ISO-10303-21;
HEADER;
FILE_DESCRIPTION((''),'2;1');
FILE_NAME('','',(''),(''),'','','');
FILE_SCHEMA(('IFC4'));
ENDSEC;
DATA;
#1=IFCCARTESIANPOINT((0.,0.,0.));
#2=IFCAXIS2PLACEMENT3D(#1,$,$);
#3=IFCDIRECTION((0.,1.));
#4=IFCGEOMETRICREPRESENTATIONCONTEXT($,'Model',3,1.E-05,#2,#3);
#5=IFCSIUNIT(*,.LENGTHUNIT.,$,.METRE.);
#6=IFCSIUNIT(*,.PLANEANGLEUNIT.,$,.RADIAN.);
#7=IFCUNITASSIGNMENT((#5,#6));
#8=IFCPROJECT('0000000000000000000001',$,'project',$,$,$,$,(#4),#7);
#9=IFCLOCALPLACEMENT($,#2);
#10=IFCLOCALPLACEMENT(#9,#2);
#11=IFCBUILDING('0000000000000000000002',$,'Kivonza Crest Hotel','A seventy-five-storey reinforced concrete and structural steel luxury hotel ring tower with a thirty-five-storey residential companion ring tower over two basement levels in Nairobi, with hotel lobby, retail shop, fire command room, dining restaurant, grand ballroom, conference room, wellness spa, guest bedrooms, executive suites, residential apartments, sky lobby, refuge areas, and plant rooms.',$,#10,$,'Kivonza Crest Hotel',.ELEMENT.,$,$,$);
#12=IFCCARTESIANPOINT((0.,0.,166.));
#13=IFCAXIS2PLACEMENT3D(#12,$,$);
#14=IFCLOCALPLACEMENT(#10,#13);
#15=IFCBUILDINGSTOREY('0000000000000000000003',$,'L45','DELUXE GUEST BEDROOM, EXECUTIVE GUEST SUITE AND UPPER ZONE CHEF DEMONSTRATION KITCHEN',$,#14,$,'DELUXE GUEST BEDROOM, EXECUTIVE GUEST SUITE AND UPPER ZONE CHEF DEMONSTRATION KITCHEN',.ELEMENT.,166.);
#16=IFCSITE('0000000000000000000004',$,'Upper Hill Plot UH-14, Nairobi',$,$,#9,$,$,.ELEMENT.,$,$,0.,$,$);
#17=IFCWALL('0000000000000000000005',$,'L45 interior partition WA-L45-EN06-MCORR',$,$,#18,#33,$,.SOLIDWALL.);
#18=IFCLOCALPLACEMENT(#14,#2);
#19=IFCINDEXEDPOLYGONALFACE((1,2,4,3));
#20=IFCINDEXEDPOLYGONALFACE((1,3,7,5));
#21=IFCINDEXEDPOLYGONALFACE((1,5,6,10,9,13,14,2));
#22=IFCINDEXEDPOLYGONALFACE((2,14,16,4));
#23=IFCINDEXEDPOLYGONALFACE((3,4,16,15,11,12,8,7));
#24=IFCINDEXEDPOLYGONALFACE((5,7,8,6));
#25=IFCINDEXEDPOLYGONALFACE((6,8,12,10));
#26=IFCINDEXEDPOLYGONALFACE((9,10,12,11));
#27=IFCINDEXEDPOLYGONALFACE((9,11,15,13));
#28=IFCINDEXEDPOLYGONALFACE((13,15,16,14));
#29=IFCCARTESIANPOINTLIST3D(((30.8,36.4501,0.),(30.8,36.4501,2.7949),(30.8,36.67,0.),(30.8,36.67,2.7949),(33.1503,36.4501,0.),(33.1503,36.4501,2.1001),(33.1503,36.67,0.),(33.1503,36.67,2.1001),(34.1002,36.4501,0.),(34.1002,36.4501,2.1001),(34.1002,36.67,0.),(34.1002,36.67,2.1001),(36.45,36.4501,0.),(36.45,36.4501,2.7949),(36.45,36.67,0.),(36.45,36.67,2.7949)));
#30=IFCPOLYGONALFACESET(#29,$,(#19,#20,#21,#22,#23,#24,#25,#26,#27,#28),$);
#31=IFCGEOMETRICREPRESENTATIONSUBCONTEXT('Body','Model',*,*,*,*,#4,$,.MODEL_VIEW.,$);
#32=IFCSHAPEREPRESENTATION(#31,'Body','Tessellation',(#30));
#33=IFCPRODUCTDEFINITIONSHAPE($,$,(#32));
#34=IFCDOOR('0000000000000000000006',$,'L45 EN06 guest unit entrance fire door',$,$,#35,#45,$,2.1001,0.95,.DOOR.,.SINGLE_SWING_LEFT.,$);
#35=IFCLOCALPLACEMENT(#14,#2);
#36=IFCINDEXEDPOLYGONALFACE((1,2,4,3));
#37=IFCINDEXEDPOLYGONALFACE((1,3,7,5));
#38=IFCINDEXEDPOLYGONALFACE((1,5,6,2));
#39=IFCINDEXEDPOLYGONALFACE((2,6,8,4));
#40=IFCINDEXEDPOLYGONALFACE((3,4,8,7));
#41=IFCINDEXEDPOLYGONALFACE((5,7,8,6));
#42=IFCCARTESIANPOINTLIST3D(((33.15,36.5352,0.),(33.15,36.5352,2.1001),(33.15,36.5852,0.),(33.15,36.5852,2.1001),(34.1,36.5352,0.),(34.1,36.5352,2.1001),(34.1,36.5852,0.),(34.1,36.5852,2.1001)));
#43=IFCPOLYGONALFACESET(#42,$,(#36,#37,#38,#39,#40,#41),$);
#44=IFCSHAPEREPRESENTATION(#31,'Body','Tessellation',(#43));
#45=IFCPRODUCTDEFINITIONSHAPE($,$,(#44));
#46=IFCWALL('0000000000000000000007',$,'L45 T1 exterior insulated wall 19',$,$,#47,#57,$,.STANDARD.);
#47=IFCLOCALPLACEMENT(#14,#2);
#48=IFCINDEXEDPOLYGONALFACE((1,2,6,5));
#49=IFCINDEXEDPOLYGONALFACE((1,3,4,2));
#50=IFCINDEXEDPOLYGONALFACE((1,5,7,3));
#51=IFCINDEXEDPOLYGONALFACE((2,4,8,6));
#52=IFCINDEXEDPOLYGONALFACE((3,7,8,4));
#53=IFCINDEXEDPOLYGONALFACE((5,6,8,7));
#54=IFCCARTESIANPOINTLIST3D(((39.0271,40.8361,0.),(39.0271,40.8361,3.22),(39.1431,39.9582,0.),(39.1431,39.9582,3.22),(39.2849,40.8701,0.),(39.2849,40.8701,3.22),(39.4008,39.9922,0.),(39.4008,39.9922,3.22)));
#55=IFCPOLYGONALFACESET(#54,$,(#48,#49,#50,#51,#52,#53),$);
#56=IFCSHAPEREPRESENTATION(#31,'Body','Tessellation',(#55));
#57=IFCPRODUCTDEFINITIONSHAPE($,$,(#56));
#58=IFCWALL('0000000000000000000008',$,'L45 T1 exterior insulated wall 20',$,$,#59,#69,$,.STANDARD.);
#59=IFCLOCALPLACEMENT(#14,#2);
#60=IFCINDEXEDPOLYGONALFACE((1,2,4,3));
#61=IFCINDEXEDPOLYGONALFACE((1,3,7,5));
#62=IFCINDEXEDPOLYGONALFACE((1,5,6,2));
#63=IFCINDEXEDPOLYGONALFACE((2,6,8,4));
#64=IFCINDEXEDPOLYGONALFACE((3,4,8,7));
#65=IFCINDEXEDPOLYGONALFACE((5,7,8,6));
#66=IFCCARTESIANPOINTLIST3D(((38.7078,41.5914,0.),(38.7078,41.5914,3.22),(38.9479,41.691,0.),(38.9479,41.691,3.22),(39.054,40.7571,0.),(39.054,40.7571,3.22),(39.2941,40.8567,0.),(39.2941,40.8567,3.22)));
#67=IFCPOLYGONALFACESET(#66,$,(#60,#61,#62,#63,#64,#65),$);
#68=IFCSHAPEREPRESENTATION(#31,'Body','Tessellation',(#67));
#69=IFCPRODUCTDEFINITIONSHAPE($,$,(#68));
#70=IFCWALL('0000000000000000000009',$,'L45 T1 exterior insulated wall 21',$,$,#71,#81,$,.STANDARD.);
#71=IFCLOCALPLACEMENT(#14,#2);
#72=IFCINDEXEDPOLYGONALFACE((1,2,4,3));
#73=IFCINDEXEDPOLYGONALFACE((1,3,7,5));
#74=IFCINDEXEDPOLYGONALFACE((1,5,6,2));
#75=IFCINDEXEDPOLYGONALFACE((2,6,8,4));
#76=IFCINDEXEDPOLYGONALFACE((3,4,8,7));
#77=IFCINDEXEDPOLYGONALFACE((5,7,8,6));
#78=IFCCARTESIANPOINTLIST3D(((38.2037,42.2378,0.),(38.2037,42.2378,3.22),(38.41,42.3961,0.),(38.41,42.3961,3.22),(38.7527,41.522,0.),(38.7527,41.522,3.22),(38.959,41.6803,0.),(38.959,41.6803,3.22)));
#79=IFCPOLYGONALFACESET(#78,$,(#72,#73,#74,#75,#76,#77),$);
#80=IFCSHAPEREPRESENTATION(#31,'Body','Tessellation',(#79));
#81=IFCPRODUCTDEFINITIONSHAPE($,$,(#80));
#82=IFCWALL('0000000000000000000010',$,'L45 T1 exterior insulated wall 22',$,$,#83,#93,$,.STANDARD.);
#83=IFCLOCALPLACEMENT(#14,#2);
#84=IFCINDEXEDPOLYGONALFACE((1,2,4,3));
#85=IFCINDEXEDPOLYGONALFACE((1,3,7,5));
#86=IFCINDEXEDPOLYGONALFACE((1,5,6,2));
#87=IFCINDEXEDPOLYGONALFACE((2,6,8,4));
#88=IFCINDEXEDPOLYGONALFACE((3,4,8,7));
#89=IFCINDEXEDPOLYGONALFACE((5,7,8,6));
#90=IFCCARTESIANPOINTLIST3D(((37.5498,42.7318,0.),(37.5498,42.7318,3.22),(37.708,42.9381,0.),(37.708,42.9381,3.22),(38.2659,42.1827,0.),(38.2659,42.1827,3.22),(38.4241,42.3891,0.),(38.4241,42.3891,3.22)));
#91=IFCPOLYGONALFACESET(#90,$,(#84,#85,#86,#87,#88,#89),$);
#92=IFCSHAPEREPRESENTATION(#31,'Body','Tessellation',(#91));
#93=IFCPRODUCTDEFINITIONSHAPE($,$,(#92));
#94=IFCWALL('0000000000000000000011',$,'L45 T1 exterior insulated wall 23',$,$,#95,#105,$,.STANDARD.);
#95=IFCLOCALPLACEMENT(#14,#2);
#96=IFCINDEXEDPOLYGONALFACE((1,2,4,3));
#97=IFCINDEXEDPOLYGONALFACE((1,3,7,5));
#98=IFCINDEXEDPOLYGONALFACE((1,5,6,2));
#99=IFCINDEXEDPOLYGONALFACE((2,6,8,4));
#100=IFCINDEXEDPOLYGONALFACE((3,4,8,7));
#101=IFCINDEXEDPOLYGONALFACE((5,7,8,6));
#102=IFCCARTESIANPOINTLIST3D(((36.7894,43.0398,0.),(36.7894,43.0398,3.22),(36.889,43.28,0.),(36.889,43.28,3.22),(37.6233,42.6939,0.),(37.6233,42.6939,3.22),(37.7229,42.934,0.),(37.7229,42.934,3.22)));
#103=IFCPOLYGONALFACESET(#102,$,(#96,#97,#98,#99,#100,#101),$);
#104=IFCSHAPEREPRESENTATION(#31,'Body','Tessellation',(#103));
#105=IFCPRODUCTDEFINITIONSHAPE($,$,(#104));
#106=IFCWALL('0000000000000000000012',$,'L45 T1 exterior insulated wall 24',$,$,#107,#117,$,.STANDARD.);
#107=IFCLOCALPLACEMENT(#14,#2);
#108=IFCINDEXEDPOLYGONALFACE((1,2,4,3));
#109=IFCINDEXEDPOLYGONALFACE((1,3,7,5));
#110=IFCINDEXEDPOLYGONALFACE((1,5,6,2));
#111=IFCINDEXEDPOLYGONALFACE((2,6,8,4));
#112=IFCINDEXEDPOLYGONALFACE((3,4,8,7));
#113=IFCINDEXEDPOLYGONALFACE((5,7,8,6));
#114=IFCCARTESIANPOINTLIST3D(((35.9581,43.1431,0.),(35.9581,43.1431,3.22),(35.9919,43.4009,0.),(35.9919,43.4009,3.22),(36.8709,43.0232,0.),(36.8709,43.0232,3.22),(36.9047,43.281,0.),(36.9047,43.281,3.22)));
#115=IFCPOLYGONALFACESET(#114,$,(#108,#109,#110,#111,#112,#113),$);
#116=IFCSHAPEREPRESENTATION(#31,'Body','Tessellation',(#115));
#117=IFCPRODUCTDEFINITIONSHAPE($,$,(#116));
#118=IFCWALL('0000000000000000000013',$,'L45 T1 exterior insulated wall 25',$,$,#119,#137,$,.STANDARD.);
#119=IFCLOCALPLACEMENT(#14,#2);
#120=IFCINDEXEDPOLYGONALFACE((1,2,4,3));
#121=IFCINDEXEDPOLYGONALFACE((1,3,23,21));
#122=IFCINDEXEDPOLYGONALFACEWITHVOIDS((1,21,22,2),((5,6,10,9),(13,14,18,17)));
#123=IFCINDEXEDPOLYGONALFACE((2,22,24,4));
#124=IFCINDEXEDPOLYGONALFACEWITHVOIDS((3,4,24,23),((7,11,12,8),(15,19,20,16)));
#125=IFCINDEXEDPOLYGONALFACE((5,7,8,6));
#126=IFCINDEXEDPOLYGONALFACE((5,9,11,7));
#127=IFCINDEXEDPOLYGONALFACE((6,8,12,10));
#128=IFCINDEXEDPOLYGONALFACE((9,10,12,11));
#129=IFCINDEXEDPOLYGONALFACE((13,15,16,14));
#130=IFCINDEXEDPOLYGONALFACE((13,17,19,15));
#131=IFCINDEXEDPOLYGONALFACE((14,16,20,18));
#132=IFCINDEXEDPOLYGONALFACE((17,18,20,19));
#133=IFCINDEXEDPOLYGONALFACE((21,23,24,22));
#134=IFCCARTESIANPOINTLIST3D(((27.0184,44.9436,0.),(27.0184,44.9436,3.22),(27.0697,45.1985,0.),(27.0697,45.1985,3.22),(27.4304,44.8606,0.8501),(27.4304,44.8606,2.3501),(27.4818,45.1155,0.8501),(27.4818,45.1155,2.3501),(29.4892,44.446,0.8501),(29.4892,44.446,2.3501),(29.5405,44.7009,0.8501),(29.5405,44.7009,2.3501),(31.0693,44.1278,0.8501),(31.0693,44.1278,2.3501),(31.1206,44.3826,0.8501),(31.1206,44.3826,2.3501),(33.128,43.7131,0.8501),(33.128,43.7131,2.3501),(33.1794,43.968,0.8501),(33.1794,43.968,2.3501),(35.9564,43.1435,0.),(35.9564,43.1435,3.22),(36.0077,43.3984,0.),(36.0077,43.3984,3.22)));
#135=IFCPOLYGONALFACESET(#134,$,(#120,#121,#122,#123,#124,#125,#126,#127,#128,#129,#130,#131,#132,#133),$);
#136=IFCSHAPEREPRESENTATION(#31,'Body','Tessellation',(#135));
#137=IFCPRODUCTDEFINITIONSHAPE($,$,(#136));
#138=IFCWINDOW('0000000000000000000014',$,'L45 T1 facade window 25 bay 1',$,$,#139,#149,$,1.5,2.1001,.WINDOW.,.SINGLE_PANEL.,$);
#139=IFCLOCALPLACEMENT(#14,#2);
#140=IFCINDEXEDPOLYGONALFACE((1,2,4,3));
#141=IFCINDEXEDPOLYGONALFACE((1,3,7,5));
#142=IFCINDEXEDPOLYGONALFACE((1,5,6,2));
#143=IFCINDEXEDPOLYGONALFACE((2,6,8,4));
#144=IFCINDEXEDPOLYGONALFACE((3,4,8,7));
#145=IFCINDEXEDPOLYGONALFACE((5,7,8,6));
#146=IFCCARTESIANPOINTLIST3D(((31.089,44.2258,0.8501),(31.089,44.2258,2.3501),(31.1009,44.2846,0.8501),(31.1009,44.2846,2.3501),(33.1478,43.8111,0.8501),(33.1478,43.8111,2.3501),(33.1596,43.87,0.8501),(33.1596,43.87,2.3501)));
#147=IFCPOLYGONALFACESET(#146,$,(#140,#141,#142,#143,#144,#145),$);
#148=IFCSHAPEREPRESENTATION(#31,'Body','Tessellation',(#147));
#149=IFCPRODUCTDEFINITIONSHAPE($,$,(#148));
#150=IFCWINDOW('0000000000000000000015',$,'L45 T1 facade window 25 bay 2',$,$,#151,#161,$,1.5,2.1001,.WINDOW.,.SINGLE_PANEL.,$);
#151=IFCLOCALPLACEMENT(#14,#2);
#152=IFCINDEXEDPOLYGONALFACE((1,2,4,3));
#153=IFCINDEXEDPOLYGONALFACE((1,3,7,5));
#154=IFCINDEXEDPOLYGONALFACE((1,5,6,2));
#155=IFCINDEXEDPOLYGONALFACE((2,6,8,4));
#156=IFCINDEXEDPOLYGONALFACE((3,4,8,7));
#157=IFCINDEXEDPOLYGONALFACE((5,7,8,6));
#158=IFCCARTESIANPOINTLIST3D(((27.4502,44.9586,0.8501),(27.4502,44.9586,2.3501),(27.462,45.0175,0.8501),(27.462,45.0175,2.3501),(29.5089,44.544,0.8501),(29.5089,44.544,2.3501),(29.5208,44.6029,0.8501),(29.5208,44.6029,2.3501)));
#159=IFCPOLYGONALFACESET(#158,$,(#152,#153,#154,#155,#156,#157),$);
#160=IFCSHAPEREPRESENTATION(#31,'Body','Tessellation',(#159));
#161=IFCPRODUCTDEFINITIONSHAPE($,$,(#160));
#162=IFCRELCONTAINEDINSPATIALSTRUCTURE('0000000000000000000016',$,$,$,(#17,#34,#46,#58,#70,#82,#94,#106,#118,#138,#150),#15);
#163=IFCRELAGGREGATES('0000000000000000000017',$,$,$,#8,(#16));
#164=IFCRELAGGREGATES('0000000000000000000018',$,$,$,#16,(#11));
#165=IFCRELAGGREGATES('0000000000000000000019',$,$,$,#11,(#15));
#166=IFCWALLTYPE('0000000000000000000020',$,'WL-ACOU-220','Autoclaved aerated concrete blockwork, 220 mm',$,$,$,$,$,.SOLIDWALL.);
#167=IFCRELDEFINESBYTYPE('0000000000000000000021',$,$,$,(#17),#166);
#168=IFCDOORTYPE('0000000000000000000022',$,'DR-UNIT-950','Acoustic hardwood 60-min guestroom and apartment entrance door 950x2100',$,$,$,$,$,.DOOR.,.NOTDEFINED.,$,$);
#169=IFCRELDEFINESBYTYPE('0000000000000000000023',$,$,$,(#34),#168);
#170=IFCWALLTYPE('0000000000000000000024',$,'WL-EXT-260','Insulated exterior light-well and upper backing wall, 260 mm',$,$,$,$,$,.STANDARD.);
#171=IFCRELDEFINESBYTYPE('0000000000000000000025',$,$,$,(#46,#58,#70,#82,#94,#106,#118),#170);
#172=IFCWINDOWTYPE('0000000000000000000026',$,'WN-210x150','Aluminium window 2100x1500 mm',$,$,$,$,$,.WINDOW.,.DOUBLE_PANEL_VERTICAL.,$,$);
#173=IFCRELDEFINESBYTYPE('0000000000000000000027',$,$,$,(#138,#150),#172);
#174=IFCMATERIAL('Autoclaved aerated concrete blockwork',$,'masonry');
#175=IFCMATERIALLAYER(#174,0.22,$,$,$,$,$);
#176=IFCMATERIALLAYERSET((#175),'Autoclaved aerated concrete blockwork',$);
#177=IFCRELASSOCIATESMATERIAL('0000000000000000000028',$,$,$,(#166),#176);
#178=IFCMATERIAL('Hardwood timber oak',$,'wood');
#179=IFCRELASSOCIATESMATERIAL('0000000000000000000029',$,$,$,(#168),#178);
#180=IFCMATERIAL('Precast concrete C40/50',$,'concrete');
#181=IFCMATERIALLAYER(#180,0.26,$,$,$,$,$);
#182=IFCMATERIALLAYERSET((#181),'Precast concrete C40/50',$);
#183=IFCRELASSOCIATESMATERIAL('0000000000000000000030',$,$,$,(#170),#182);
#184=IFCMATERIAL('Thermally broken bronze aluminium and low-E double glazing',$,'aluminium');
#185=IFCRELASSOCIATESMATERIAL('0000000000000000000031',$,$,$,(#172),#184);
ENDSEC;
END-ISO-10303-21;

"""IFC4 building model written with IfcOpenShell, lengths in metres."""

from ifc_helpers import new_model, si_unit, direction, frame, frame_2d, origin, place, context, subcontext, project, spatial, rectangle, extrude, material, layer, layer_set, type_object, element, fill, save


model = new_model("IFC4")

# Units and contexts
model_context = context("Model", 3, precision=1e-05, world=origin(), true_north=direction((0.0, 1.0)))
body_context = subcontext(model_context, "Body", "Model", "MODEL_VIEW")
ifc_project = project(units=[si_unit("LENGTHUNIT", "METRE"), si_unit("PLANEANGLEUNIT", "RADIAN")], contexts=[model_context])

# Site, building, storey
site_placement = place(None, origin())
site = spatial("IfcSite", under=ifc_project, at=site_placement, Name="Upper Hill Plot UH-14, Nairobi", CompositionType="ELEMENT", RefElevation=0.0)
building_placement = place(site_placement, origin())
building = spatial("IfcBuilding", under=site, at=building_placement, Name="Kivonza Crest Hotel", Description="A seventy-five-storey reinforced concrete and structural steel luxury hotel ring tower with a thirty-five-storey residential companion ring tower over two basement levels in Nairobi, with hotel lobby, retail shop, fire command room, dining restaurant, grand ballroom, conference room, wellness spa, guest bedrooms, executive suites, residential apartments, sky lobby, refuge areas, and plant rooms.", LongName="Kivonza Crest Hotel", CompositionType="ELEMENT")
storey_placement = place(building_placement, frame((0.0, 0.0, 166.0)))
storey = spatial("IfcBuildingStorey", under=building, at=storey_placement, Name="L45", Description="DELUXE GUEST BEDROOM, EXECUTIVE GUEST SUITE AND UPPER ZONE CHEF DEMONSTRATION KITCHEN", LongName="DELUXE GUEST BEDROOM, EXECUTIVE GUEST SUITE AND UPPER ZONE CHEF DEMONSTRATION KITCHEN", CompositionType="ELEMENT", Elevation=166.0)

# Shared definitions
ifc_material_1 = material(Name="Autoclaved aerated concrete blockwork", Category="masonry")
ifc_layer_1 = layer(ifc_material_1, 0.22)
ifc_layer_set_1 = layer_set([ifc_layer_1], Name="Autoclaved aerated concrete blockwork")
wall_type_1 = type_object("IfcWallType", Name="WL-ACOU-220", Description="Autoclaved aerated concrete blockwork, 220 mm", PredefinedType="SOLIDWALL", material=ifc_layer_set_1)
ifc_material_2 = material(Name="Hardwood timber oak", Category="wood")

# Wall, opening, door
wall_1_placement = place(storey_placement, frame((30.8, 36.5601, 0.0), z_axis=(0.0, 0.0, 1.0), x_axis=(1.0, 0.0, 0.0)))
wall_1 = element("IfcWall", 1, at=wall_1_placement, inside=storey, type_object=wall_type_1, Name="L45 interior partition WA-L45-EN06-MCORR", PredefinedType="SOLIDWALL", context=body_context, shape_type="SweptSolid", body=[
    extrude(rectangle(XDim=5.6499, YDim=0.22, at=frame_2d((2.825, 0.0))), origin(), (0.0, 0.0, 1.0), 2.7949),
])
opening_1_placement = place(wall_1_placement, frame((2.3501, 0.0, 0.0)))
opening_1 = element("IfcOpeningElement", 2, at=opening_1_placement, cuts=wall_1, PredefinedType="OPENING", context=body_context, shape_type="SweptSolid", body=[
    extrude(rectangle(XDim=0.95, YDim=2.1001, at=frame_2d((0.4751, 1.05))), frame((0.0, 0.1201, 0.0), z_axis=(0.0, -1.0, 0.0), x_axis=(1.0, 0.0, 0.0)), (0.0, 0.0, 1.0), 0.24),
])
door_type_1 = type_object("IfcDoorType", Name="DR-UNIT-950", Description="Acoustic hardwood 60-min guestroom and apartment entrance door 950x2100", OperationType="NOTDEFINED", PredefinedType="DOOR", material=ifc_material_2)
door_1_placement = place(opening_1_placement, frame((0.95, 0.0, 0.0), z_axis=(0.0, 0.0, 1.0), x_axis=(-1.0, 0.0, 0.0)))
door_1 = element("IfcDoor", 3, at=door_1_placement, inside=storey, type_object=door_type_1, Name="L45 EN06 guest unit entrance fire door", OperationType="SINGLE_SWING_LEFT", OverallHeight=2.1001, OverallWidth=0.95, PredefinedType="DOOR", context=body_context, shape_type="SweptSolid", body=[
    extrude(rectangle(XDim=0.95, YDim=2.1001, at=frame_2d((0.4751, 1.05))), frame((0.0, 0.0249, 0.0), z_axis=(0.0, -1.0, 0.0), x_axis=(1.0, 0.0, 0.0)), (0.0, 0.0, 1.0), 0.05),
])
fill(opening_1, door_1)

# Walls
ifc_material_3 = material(Name="Precast concrete C40/50", Category="concrete")
ifc_layer_2 = layer(ifc_material_3, 0.26)
ifc_layer_set_2 = layer_set([ifc_layer_2], Name="Precast concrete C40/50")
wall_type_2 = type_object("IfcWallType", Name="WL-EXT-260", Description="Insulated exterior light-well and upper backing wall, 260 mm", PredefinedType="STANDARD", material=ifc_layer_set_2)
wall_2_placement = place(storey_placement, frame((39.272, 39.9751, 0.0), z_axis=(0.0, 0.0, 1.0), x_axis=(-0.130954, 0.991388, 0.0)))
element("IfcWall", 4, at=wall_2_placement, inside=storey, type_object=wall_type_2, Name="L45 T1 exterior insulated wall 19", PredefinedType="STANDARD", context=body_context, shape_type="SweptSolid", body=[
    extrude(rectangle(XDim=0.8855, YDim=0.26, at=frame_2d((0.4429, 0.0))), origin(), (0.0, 0.0, 1.0), 3.22),
])
wall_3_placement = place(storey_placement, frame((39.1741, 40.8069, 0.0), z_axis=(0.0, 0.0, 1.0), x_axis=(-0.383291, 0.923628, 0.0)))
element("IfcWall", 5, at=wall_3_placement, inside=storey, type_object=wall_type_2, Name="L45 T1 exterior insulated wall 20", PredefinedType="STANDARD", context=body_context, shape_type="SweptSolid", body=[
    extrude(rectangle(XDim=0.9033, YDim=0.26, at=frame_2d((0.4517, 0.0))), origin(), (0.0, 0.0, 1.0), 3.22),
])
wall_4_placement = place(storey_placement, frame((38.856, 41.6011, 0.0), z_axis=(0.0, 0.0, 1.0), x_axis=(-0.608625, 0.793458, 0.0)))
element("IfcWall", 6, at=wall_4_placement, inside=storey, type_object=wall_type_2, Name="L45 T1 exterior insulated wall 21", PredefinedType="STANDARD", context=body_context, shape_type="SweptSolid", body=[
    extrude(rectangle(XDim=0.9021, YDim=0.26, at=frame_2d((0.4512, 0.0))), origin(), (0.0, 0.0, 1.0), 3.22),
])
wall_5_placement = place(storey_placement, frame((38.345, 42.2859, 0.0), z_axis=(0.0, 0.0, 1.0), x_axis=(-0.793558, 0.608494, 0.0)))
element("IfcWall", 7, at=wall_5_placement, inside=storey, type_object=wall_type_2, Name="L45 T1 exterior insulated wall 22", PredefinedType="STANDARD", context=body_context, shape_type="SweptSolid", body=[
    extrude(rectangle(XDim=0.9023, YDim=0.26, at=frame_2d((0.4512, 0.0))), origin(), (0.0, 0.0, 1.0), 3.22),
])
wall_6_placement = place(storey_placement, frame((37.6731, 42.814, 0.0), z_axis=(0.0, 0.0, 1.0), x_axis=(-0.923684, 0.383156, 0.0)))
element("IfcWall", 8, at=wall_6_placement, inside=storey, type_object=wall_type_2, Name="L45 T1 exterior insulated wall 23", PredefinedType="STANDARD", context=body_context, shape_type="SweptSolid", body=[
    extrude(rectangle(XDim=0.9028, YDim=0.26, at=frame_2d((0.4514, 0.0))), origin(), (0.0, 0.0, 1.0), 3.22),
])
wall_7_placement = place(storey_placement, frame((36.8879, 43.1521, 0.0), z_axis=(0.0, 0.0, 1.0), x_axis=(-0.991488, 0.130201, 0.0)))
element("IfcWall", 9, at=wall_7_placement, inside=storey, type_object=wall_type_2, Name="L45 T1 exterior insulated wall 24", PredefinedType="STANDARD", context=body_context, shape_type="SweptSolid", body=[
    extrude(rectangle(XDim=0.9207, YDim=0.26, at=frame_2d((0.4604, 0.0))), origin(), (0.0, 0.0, 1.0), 3.22),
])

# Wall, openings, windows
wall_8_placement = place(storey_placement, frame((35.9819, 43.271, 0.0), z_axis=(0.0, 0.0, 1.0), x_axis=(-0.980317, 0.197429, 0.0)))
wall_8 = element("IfcWall", 10, at=wall_8_placement, inside=storey, type_object=wall_type_2, Name="L45 T1 exterior insulated wall 25", PredefinedType="STANDARD", context=body_context, shape_type="SweptSolid", body=[
    extrude(rectangle(XDim=9.1174, YDim=0.26, at=frame_2d((4.5586, 0.0))), origin(), (0.0, 0.0, 1.0), 3.22),
])
opening_2_placement = place(wall_8_placement, frame((2.885, 0.0, 0.8501)))
opening_2 = element("IfcOpeningElement", 11, at=opening_2_placement, cuts=wall_8, PredefinedType="OPENING", context=body_context, shape_type="SweptSolid", body=[
    extrude(rectangle(XDim=2.1001, YDim=1.5, at=frame_2d((1.05, 0.75))), frame((0.0, 0.1401, 0.0), z_axis=(0.0, -1.0, 0.0), x_axis=(1.0, 0.0, 0.0)), (0.0, 0.0, 1.0), 0.28),
])
opening_3_placement = place(wall_8_placement, frame((6.5969, 0.0, 0.8501)))
opening_3 = element("IfcOpeningElement", 12, at=opening_3_placement, cuts=wall_8, PredefinedType="OPENING", context=body_context, shape_type="SweptSolid", body=[
    extrude(rectangle(XDim=2.1001, YDim=1.5, at=frame_2d((1.05, 0.75))), frame((0.0, 0.1401, 0.0), z_axis=(0.0, -1.0, 0.0), x_axis=(1.0, 0.0, 0.0)), (0.0, 0.0, 1.0), 0.28),
])
ifc_material_4 = material(Name="Thermally broken bronze aluminium and low-E double glazing", Category="aluminium")
window_type = type_object("IfcWindowType", Name="WN-210x150", Description="Aluminium window 2100x1500 mm", PartitioningType="DOUBLE_PANEL_VERTICAL", PredefinedType="WINDOW", material=ifc_material_4)
window_1_placement = place(opening_2_placement, origin())
window_1 = element("IfcWindow", 13, at=window_1_placement, inside=storey, type_object=window_type, Name="L45 T1 facade window 25 bay 1", OverallHeight=1.5, OverallWidth=2.1001, PartitioningType="SINGLE_PANEL", PredefinedType="WINDOW", context=body_context, shape_type="SweptSolid", body=[
    extrude(rectangle(XDim=2.1001, YDim=1.5, at=frame_2d((1.05, 0.75))), frame((0.0, 0.03, 0.0), z_axis=(0.0, -1.0, 0.0), x_axis=(1.0, 0.0, 0.0)), (0.0, 0.0, 1.0), 0.0601),
])
fill(opening_2, window_1)
window_2_placement = place(opening_3_placement, origin())
window_2 = element("IfcWindow", 14, at=window_2_placement, inside=storey, type_object=window_type, Name="L45 T1 facade window 25 bay 2", OverallHeight=1.5, OverallWidth=2.1001, PartitioningType="SINGLE_PANEL", PredefinedType="WINDOW", context=body_context, shape_type="SweptSolid", body=[
    extrude(rectangle(XDim=2.1001, YDim=1.5, at=frame_2d((1.05, 0.75))), frame((0.0, 0.03, 0.0), z_axis=(0.0, -1.0, 0.0), x_axis=(1.0, 0.0, 0.0)), (0.0, 0.0, 1.0), 0.0601),
])
fill(opening_3, window_2)

save(model, "model.ifc")
